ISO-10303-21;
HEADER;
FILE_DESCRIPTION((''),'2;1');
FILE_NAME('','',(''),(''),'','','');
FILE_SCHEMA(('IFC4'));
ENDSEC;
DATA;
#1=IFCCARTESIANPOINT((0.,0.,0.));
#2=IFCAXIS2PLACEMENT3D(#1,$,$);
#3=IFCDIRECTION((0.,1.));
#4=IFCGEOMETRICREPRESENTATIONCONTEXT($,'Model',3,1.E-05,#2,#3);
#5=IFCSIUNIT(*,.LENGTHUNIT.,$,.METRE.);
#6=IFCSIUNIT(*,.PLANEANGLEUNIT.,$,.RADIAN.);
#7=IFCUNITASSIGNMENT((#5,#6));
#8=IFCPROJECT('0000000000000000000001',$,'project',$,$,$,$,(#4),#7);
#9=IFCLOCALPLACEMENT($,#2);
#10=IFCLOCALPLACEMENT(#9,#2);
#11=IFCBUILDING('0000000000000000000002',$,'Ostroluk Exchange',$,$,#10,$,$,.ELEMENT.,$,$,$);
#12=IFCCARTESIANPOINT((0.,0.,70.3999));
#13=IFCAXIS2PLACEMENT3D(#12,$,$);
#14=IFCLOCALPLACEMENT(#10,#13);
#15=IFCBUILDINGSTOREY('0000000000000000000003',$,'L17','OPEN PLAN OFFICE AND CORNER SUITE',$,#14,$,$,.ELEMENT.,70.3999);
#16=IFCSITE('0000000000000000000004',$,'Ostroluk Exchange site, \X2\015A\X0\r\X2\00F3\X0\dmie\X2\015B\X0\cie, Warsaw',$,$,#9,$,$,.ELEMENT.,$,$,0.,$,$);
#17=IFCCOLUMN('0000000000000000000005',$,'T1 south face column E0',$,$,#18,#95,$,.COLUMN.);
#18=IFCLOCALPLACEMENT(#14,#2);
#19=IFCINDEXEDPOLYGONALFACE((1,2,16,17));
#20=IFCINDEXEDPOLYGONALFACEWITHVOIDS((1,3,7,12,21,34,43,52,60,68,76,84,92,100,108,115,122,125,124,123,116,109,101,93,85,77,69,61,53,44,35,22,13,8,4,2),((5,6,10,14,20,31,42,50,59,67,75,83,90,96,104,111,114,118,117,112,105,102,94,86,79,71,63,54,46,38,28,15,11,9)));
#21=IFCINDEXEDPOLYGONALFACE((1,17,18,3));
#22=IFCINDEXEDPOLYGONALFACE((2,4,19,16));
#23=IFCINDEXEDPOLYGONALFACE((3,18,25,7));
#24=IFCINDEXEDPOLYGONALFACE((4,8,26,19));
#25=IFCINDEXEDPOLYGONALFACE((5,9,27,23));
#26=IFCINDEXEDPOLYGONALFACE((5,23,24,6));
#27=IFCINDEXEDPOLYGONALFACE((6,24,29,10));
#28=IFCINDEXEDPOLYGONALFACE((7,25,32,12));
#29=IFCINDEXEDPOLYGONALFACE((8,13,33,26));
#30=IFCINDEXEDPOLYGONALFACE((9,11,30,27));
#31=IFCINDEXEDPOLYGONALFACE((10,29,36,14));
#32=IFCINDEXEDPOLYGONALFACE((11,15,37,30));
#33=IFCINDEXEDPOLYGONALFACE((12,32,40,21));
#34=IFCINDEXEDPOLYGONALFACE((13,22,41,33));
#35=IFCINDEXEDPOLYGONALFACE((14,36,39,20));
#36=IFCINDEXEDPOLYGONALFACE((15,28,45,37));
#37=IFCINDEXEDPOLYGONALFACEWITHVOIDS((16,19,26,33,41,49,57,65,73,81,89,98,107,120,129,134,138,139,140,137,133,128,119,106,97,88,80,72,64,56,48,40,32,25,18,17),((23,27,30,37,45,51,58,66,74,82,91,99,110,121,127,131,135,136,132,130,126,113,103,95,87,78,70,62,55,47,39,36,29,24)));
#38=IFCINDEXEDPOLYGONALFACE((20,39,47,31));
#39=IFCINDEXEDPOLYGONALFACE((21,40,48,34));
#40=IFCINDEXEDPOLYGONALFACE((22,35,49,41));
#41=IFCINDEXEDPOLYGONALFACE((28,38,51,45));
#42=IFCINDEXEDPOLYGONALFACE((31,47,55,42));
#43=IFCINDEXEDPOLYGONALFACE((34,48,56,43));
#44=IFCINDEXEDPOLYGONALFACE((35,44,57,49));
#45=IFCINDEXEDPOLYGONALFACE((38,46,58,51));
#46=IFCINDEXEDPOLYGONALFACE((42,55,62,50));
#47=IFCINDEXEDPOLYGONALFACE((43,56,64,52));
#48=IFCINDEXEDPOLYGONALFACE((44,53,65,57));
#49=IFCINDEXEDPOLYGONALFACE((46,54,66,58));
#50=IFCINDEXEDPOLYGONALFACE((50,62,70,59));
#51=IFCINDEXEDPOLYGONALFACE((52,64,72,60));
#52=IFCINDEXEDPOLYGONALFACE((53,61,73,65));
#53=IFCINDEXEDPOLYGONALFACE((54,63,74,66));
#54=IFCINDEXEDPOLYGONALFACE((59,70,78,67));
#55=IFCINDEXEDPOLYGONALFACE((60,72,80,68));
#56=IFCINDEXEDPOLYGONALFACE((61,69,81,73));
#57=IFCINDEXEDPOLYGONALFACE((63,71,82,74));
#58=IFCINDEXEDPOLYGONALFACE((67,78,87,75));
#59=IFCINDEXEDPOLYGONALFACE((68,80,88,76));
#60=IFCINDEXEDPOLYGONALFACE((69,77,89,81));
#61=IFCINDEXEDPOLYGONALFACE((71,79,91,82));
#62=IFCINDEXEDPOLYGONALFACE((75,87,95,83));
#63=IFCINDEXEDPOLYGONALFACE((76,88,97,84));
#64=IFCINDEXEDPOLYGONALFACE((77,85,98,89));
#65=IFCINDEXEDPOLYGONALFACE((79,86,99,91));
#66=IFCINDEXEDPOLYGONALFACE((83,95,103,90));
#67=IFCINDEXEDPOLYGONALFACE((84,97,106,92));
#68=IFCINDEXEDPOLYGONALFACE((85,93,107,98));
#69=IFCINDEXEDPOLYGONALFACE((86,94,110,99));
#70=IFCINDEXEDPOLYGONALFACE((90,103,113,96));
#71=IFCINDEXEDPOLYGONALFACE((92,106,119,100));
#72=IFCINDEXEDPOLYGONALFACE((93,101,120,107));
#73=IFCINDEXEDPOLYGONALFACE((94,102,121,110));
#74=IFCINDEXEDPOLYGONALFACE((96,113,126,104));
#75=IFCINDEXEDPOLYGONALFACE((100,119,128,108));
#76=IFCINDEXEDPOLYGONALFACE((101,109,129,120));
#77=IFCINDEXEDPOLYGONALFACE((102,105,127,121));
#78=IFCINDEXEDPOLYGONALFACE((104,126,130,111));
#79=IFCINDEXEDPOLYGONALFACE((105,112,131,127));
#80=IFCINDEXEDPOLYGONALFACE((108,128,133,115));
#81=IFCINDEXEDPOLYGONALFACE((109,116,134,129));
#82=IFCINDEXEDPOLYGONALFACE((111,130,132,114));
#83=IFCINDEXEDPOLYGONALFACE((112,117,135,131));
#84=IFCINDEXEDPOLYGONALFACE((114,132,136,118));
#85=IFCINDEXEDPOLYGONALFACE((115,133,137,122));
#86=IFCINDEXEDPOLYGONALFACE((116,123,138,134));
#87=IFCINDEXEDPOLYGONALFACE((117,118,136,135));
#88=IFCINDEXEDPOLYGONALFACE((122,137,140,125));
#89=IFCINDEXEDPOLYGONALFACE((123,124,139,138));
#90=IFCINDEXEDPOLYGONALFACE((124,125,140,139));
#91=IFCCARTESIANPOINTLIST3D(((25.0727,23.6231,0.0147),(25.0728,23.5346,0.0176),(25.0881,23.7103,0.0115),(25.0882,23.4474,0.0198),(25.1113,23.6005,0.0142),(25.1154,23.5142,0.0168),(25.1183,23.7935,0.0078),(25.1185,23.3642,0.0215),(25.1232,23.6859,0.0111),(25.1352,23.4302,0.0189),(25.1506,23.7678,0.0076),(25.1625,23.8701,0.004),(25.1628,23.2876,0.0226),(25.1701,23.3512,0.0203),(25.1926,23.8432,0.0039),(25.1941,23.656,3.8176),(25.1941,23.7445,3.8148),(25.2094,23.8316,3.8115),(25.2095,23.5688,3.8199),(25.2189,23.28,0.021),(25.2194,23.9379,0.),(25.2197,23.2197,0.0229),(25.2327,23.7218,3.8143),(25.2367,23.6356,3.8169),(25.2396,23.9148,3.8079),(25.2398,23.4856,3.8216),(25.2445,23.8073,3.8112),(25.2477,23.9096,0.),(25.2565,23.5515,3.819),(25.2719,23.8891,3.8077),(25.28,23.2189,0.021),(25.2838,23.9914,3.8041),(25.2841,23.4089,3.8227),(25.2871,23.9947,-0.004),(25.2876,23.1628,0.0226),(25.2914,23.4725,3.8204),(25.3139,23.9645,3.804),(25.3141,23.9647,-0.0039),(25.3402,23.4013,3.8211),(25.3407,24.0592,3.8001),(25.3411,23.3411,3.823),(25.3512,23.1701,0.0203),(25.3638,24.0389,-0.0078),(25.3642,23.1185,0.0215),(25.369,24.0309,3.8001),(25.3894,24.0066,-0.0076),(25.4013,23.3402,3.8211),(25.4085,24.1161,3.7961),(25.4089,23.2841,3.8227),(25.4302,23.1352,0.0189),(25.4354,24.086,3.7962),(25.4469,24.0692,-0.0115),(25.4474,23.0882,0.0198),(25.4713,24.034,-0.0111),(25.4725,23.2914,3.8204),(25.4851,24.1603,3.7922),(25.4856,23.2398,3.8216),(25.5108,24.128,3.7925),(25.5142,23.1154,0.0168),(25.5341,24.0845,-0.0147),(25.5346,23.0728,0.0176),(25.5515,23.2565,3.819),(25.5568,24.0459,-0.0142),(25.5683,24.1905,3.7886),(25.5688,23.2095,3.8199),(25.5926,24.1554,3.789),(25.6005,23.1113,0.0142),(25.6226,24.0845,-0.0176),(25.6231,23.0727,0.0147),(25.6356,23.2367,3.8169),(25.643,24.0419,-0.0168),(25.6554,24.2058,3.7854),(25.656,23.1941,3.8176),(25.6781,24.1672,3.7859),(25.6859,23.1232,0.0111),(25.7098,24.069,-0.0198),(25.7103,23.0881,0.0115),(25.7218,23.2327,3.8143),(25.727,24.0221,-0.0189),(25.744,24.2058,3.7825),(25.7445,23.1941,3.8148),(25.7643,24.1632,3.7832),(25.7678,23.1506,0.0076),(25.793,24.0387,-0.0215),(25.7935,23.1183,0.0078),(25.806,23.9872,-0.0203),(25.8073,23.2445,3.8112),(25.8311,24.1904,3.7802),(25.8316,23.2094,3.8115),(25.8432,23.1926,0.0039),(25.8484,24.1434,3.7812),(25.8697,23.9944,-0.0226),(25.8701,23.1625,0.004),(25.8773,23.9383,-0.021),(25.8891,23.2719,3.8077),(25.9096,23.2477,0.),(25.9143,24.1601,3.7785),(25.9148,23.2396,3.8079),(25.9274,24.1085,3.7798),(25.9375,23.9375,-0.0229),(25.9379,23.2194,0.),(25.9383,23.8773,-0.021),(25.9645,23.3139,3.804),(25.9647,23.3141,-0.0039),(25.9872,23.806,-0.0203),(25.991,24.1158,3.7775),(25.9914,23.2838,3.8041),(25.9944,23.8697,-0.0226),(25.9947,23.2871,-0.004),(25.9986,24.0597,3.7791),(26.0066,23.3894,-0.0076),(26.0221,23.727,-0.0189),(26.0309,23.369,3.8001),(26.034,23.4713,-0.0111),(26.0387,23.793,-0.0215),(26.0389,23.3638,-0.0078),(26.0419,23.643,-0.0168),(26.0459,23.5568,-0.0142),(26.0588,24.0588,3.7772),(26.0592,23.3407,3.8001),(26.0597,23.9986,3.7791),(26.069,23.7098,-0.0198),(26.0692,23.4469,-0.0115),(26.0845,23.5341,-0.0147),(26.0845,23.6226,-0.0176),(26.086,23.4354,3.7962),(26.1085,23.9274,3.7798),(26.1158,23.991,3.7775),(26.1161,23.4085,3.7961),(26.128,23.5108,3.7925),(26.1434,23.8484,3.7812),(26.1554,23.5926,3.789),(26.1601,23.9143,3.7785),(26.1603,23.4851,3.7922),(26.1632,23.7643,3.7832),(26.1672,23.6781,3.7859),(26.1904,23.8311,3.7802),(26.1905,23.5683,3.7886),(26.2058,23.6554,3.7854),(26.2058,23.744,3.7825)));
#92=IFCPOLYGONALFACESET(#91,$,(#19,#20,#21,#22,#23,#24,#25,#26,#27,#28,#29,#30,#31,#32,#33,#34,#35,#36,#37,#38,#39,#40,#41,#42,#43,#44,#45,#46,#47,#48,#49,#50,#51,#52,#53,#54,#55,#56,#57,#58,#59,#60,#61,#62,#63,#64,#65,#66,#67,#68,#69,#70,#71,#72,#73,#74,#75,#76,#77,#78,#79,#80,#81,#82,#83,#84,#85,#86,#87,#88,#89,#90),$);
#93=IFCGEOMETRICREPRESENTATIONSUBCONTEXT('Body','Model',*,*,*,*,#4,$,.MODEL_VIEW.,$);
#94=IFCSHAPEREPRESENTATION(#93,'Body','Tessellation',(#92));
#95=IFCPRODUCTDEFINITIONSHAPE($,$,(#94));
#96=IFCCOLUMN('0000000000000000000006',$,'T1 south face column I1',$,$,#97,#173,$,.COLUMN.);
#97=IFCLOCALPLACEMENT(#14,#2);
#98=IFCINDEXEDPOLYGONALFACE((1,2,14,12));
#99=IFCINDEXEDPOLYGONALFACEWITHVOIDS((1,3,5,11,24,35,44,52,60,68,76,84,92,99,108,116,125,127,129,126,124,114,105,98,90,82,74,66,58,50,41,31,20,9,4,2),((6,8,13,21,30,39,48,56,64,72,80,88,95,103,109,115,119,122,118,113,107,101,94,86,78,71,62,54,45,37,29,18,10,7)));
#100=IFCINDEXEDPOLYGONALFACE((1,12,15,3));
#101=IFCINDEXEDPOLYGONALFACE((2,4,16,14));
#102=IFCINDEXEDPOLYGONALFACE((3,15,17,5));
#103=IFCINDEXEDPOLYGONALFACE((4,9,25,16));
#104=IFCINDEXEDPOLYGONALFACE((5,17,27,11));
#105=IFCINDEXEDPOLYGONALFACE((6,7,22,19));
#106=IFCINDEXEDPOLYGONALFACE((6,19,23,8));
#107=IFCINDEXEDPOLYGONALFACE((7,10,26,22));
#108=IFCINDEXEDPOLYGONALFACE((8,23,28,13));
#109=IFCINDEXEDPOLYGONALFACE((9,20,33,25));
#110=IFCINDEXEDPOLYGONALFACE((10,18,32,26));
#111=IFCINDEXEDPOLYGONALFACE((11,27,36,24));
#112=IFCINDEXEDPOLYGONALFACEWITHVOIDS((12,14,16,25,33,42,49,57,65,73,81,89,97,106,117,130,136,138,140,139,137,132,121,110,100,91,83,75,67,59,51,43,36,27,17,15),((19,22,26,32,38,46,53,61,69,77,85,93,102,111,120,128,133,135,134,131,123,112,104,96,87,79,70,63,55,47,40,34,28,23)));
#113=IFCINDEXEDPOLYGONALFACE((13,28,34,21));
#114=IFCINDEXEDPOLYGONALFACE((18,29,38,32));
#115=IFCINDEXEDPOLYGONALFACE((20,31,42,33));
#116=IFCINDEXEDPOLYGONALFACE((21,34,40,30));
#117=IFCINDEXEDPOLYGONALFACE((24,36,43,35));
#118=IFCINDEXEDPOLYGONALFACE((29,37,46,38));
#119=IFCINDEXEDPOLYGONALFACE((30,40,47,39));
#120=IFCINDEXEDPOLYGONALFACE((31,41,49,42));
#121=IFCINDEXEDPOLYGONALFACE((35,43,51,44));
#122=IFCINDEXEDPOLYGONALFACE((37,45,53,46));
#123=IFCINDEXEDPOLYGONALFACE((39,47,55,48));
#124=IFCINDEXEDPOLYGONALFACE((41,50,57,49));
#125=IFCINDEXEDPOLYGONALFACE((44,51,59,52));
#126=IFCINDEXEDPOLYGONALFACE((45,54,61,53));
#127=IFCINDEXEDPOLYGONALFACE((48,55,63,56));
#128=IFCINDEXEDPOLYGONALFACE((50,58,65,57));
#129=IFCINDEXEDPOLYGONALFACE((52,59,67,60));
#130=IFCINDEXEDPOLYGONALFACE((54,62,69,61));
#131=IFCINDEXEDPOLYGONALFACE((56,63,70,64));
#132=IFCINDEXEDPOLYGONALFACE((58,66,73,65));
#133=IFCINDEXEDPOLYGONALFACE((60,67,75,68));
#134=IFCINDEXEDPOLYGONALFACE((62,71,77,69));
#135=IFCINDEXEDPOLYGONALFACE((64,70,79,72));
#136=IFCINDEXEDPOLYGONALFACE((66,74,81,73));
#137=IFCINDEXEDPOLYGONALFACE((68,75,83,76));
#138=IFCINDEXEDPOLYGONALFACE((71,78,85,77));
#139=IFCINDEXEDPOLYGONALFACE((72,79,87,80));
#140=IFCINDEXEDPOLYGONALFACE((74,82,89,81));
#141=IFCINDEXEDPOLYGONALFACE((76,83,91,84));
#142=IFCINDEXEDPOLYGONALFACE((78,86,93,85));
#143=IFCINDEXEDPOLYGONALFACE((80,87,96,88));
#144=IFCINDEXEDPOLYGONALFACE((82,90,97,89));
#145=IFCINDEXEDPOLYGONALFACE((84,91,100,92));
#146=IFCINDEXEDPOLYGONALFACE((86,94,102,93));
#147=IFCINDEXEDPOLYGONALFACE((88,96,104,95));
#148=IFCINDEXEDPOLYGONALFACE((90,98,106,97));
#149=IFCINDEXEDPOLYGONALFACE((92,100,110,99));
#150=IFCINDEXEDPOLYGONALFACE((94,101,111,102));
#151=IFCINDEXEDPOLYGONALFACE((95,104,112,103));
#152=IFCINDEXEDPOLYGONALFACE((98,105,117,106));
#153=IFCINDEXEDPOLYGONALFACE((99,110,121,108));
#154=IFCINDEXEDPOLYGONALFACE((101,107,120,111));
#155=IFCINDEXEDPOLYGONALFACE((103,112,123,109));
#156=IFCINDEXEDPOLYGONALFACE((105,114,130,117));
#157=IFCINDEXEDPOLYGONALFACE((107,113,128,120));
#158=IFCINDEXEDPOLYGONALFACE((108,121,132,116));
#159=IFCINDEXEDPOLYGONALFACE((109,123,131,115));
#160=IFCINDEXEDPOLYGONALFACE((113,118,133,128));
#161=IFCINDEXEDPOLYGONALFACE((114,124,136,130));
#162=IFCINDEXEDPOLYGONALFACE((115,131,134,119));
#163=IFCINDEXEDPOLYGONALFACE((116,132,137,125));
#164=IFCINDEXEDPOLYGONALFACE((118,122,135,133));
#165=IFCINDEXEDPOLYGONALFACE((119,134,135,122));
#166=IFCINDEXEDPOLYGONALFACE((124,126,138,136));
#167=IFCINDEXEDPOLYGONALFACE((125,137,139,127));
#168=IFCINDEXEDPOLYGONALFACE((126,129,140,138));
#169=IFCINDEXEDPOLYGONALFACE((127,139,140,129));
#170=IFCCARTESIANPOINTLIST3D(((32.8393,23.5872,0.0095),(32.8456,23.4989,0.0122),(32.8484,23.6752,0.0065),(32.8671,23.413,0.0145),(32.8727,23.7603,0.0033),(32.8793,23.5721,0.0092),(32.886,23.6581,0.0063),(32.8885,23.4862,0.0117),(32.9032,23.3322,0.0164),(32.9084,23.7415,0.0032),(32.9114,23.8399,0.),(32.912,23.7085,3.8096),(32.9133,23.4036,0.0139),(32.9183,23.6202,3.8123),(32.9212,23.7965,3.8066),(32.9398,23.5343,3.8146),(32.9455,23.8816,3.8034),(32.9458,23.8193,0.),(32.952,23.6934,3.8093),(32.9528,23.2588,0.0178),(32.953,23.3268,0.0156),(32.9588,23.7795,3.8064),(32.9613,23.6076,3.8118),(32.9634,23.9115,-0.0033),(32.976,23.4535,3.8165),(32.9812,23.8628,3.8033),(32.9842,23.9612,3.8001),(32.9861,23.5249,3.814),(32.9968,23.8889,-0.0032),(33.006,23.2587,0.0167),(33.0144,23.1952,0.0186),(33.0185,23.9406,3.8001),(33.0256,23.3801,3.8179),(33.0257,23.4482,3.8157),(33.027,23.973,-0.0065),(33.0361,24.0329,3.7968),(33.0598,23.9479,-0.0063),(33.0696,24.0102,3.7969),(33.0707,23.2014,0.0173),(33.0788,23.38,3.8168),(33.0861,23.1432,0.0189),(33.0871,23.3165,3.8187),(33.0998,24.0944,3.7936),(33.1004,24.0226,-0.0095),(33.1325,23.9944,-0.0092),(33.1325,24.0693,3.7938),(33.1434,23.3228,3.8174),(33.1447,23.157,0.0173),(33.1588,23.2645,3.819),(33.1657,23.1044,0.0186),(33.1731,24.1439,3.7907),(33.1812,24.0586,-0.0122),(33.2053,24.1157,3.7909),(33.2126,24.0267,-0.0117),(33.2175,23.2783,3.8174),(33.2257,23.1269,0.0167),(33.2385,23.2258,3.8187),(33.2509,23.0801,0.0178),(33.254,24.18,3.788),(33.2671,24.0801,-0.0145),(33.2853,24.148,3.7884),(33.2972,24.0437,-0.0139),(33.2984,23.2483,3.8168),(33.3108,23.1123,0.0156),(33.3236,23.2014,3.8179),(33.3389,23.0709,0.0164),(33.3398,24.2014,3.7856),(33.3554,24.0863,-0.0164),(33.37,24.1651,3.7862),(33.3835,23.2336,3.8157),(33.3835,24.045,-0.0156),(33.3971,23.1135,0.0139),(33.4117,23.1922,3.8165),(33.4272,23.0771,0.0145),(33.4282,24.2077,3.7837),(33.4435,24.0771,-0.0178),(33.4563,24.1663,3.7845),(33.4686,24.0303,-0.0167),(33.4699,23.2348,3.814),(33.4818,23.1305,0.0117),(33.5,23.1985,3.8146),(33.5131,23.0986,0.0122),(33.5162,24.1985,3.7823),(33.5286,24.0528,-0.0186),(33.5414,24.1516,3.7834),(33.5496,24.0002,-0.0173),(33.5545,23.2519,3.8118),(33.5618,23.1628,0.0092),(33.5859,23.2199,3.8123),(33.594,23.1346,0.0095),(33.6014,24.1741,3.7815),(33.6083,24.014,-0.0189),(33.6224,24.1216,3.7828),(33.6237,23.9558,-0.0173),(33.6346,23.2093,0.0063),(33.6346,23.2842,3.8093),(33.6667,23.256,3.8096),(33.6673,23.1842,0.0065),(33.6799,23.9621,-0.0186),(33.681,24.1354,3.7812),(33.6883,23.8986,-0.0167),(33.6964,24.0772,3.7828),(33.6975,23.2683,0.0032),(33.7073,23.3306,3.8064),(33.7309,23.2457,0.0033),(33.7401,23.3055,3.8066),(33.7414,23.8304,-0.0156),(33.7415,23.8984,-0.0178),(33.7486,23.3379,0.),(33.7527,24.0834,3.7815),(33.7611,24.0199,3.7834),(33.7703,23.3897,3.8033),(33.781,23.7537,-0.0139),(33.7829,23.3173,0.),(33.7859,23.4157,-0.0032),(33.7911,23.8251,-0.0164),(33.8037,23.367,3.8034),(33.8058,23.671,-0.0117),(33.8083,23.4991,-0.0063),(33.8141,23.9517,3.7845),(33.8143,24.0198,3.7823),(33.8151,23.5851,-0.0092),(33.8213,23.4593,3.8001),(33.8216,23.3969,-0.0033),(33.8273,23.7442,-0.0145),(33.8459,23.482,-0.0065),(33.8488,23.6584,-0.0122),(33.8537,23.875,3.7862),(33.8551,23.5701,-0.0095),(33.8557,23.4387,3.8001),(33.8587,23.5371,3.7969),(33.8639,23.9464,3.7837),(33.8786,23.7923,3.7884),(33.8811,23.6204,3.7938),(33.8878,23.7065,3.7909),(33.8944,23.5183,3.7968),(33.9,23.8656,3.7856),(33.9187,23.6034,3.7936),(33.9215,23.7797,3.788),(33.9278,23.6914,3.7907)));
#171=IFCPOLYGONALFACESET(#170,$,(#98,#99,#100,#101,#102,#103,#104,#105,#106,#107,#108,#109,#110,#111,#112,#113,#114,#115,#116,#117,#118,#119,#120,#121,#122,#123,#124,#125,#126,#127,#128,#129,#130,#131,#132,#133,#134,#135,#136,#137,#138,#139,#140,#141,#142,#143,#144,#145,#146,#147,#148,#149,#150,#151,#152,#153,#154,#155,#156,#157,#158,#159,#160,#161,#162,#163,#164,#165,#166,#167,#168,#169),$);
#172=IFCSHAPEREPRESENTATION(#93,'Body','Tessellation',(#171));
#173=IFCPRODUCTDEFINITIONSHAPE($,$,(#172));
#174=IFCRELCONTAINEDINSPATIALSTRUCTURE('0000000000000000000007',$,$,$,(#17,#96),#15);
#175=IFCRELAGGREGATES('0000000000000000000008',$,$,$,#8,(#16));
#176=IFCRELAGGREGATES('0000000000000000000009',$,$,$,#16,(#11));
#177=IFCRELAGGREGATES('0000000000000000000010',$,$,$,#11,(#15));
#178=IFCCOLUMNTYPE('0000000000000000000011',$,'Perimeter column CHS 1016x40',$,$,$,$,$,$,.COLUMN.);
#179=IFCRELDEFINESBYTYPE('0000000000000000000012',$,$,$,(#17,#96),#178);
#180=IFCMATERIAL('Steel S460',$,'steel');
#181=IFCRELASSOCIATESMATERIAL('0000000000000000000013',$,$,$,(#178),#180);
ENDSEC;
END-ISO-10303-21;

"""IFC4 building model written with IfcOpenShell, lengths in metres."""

from ifc_helpers import new_model, si_unit, direction, frame, origin, origin_2d, place, context, subcontext, project, spatial, hollow_circle, extrude, material, material_profile, profile_set, type_object, element, save


model = new_model("IFC4")

# Units and contexts
model_context = context("Model", 3, precision=1e-05, world=origin(), true_north=direction((0.0, 1.0)))
body_context = subcontext(model_context, "Body", "Model", "MODEL_VIEW")
ifc_project = project(units=[si_unit("LENGTHUNIT", "METRE"), si_unit("PLANEANGLEUNIT", "RADIAN")], contexts=[model_context])

# Site, building, storey
site_placement = place(None, origin())
site = spatial("IfcSite", under=ifc_project, at=site_placement, Name="Ostroluk Exchange site, Śródmieście, Warsaw", CompositionType="ELEMENT", RefElevation=0.0)
building_placement = place(site_placement, origin())
building = spatial("IfcBuilding", under=site, at=building_placement, Name="Ostroluk Exchange", CompositionType="ELEMENT")
storey_placement = place(building_placement, frame((0.0, 0.0, 70.3999)))
storey = spatial("IfcBuildingStorey", under=building, at=storey_placement, Name="L17", Description="OPEN PLAN OFFICE AND CORNER SUITE", CompositionType="ELEMENT", Elevation=70.3999)

# Columns
ifc_material_1 = material(Name="Steel S460", Category="steel")
ifc_material_profile_1 = material_profile(ifc_material_1, hollow_circle(Radius=0.5081, WallThickness=0.04, at=origin_2d()), Name="CHS 1016x40")
ifc_profile_set_1 = profile_set([ifc_material_profile_1], Name="Steel S460")
column_type = type_object("IfcColumnType", Name="Perimeter column CHS 1016x40", PredefinedType="COLUMN", material=ifc_profile_set_1)
column_1_placement = place(storey_placement, frame((25.5786, 23.5786, 0.0), z_axis=(0.031898, 0.031898, 0.998982), x_axis=(-0.707107, 0.707107, 0.0)))
element("IfcColumn", 1, at=column_1_placement, inside=storey, type_object=column_type, Name="T1 south face column E0", PredefinedType="COLUMN", context=body_context, shape_type="SweptSolid", body=[
    extrude(hollow_circle(Radius=0.5081, WallThickness=0.04, at=origin_2d()), origin(), (0.0, 0.0, 1.0), 3.804),
])
column_2_placement = place(storey_placement, frame((33.3472, 23.5786, 0.0), z_axis=(0.019132, 0.031909, 0.999308), x_axis=(-0.857645, 0.514242, 0.0)))
element("IfcColumn", 2, at=column_2_placement, inside=storey, type_object=column_type, Name="T1 south face column I1", PredefinedType="COLUMN", context=body_context, shape_type="SweptSolid", body=[
    extrude(hollow_circle(Radius=0.5081, WallThickness=0.04, at=origin_2d()), origin(), (0.0, 0.0, 1.0), 3.8027),
])

save(model, "model.ifc")
